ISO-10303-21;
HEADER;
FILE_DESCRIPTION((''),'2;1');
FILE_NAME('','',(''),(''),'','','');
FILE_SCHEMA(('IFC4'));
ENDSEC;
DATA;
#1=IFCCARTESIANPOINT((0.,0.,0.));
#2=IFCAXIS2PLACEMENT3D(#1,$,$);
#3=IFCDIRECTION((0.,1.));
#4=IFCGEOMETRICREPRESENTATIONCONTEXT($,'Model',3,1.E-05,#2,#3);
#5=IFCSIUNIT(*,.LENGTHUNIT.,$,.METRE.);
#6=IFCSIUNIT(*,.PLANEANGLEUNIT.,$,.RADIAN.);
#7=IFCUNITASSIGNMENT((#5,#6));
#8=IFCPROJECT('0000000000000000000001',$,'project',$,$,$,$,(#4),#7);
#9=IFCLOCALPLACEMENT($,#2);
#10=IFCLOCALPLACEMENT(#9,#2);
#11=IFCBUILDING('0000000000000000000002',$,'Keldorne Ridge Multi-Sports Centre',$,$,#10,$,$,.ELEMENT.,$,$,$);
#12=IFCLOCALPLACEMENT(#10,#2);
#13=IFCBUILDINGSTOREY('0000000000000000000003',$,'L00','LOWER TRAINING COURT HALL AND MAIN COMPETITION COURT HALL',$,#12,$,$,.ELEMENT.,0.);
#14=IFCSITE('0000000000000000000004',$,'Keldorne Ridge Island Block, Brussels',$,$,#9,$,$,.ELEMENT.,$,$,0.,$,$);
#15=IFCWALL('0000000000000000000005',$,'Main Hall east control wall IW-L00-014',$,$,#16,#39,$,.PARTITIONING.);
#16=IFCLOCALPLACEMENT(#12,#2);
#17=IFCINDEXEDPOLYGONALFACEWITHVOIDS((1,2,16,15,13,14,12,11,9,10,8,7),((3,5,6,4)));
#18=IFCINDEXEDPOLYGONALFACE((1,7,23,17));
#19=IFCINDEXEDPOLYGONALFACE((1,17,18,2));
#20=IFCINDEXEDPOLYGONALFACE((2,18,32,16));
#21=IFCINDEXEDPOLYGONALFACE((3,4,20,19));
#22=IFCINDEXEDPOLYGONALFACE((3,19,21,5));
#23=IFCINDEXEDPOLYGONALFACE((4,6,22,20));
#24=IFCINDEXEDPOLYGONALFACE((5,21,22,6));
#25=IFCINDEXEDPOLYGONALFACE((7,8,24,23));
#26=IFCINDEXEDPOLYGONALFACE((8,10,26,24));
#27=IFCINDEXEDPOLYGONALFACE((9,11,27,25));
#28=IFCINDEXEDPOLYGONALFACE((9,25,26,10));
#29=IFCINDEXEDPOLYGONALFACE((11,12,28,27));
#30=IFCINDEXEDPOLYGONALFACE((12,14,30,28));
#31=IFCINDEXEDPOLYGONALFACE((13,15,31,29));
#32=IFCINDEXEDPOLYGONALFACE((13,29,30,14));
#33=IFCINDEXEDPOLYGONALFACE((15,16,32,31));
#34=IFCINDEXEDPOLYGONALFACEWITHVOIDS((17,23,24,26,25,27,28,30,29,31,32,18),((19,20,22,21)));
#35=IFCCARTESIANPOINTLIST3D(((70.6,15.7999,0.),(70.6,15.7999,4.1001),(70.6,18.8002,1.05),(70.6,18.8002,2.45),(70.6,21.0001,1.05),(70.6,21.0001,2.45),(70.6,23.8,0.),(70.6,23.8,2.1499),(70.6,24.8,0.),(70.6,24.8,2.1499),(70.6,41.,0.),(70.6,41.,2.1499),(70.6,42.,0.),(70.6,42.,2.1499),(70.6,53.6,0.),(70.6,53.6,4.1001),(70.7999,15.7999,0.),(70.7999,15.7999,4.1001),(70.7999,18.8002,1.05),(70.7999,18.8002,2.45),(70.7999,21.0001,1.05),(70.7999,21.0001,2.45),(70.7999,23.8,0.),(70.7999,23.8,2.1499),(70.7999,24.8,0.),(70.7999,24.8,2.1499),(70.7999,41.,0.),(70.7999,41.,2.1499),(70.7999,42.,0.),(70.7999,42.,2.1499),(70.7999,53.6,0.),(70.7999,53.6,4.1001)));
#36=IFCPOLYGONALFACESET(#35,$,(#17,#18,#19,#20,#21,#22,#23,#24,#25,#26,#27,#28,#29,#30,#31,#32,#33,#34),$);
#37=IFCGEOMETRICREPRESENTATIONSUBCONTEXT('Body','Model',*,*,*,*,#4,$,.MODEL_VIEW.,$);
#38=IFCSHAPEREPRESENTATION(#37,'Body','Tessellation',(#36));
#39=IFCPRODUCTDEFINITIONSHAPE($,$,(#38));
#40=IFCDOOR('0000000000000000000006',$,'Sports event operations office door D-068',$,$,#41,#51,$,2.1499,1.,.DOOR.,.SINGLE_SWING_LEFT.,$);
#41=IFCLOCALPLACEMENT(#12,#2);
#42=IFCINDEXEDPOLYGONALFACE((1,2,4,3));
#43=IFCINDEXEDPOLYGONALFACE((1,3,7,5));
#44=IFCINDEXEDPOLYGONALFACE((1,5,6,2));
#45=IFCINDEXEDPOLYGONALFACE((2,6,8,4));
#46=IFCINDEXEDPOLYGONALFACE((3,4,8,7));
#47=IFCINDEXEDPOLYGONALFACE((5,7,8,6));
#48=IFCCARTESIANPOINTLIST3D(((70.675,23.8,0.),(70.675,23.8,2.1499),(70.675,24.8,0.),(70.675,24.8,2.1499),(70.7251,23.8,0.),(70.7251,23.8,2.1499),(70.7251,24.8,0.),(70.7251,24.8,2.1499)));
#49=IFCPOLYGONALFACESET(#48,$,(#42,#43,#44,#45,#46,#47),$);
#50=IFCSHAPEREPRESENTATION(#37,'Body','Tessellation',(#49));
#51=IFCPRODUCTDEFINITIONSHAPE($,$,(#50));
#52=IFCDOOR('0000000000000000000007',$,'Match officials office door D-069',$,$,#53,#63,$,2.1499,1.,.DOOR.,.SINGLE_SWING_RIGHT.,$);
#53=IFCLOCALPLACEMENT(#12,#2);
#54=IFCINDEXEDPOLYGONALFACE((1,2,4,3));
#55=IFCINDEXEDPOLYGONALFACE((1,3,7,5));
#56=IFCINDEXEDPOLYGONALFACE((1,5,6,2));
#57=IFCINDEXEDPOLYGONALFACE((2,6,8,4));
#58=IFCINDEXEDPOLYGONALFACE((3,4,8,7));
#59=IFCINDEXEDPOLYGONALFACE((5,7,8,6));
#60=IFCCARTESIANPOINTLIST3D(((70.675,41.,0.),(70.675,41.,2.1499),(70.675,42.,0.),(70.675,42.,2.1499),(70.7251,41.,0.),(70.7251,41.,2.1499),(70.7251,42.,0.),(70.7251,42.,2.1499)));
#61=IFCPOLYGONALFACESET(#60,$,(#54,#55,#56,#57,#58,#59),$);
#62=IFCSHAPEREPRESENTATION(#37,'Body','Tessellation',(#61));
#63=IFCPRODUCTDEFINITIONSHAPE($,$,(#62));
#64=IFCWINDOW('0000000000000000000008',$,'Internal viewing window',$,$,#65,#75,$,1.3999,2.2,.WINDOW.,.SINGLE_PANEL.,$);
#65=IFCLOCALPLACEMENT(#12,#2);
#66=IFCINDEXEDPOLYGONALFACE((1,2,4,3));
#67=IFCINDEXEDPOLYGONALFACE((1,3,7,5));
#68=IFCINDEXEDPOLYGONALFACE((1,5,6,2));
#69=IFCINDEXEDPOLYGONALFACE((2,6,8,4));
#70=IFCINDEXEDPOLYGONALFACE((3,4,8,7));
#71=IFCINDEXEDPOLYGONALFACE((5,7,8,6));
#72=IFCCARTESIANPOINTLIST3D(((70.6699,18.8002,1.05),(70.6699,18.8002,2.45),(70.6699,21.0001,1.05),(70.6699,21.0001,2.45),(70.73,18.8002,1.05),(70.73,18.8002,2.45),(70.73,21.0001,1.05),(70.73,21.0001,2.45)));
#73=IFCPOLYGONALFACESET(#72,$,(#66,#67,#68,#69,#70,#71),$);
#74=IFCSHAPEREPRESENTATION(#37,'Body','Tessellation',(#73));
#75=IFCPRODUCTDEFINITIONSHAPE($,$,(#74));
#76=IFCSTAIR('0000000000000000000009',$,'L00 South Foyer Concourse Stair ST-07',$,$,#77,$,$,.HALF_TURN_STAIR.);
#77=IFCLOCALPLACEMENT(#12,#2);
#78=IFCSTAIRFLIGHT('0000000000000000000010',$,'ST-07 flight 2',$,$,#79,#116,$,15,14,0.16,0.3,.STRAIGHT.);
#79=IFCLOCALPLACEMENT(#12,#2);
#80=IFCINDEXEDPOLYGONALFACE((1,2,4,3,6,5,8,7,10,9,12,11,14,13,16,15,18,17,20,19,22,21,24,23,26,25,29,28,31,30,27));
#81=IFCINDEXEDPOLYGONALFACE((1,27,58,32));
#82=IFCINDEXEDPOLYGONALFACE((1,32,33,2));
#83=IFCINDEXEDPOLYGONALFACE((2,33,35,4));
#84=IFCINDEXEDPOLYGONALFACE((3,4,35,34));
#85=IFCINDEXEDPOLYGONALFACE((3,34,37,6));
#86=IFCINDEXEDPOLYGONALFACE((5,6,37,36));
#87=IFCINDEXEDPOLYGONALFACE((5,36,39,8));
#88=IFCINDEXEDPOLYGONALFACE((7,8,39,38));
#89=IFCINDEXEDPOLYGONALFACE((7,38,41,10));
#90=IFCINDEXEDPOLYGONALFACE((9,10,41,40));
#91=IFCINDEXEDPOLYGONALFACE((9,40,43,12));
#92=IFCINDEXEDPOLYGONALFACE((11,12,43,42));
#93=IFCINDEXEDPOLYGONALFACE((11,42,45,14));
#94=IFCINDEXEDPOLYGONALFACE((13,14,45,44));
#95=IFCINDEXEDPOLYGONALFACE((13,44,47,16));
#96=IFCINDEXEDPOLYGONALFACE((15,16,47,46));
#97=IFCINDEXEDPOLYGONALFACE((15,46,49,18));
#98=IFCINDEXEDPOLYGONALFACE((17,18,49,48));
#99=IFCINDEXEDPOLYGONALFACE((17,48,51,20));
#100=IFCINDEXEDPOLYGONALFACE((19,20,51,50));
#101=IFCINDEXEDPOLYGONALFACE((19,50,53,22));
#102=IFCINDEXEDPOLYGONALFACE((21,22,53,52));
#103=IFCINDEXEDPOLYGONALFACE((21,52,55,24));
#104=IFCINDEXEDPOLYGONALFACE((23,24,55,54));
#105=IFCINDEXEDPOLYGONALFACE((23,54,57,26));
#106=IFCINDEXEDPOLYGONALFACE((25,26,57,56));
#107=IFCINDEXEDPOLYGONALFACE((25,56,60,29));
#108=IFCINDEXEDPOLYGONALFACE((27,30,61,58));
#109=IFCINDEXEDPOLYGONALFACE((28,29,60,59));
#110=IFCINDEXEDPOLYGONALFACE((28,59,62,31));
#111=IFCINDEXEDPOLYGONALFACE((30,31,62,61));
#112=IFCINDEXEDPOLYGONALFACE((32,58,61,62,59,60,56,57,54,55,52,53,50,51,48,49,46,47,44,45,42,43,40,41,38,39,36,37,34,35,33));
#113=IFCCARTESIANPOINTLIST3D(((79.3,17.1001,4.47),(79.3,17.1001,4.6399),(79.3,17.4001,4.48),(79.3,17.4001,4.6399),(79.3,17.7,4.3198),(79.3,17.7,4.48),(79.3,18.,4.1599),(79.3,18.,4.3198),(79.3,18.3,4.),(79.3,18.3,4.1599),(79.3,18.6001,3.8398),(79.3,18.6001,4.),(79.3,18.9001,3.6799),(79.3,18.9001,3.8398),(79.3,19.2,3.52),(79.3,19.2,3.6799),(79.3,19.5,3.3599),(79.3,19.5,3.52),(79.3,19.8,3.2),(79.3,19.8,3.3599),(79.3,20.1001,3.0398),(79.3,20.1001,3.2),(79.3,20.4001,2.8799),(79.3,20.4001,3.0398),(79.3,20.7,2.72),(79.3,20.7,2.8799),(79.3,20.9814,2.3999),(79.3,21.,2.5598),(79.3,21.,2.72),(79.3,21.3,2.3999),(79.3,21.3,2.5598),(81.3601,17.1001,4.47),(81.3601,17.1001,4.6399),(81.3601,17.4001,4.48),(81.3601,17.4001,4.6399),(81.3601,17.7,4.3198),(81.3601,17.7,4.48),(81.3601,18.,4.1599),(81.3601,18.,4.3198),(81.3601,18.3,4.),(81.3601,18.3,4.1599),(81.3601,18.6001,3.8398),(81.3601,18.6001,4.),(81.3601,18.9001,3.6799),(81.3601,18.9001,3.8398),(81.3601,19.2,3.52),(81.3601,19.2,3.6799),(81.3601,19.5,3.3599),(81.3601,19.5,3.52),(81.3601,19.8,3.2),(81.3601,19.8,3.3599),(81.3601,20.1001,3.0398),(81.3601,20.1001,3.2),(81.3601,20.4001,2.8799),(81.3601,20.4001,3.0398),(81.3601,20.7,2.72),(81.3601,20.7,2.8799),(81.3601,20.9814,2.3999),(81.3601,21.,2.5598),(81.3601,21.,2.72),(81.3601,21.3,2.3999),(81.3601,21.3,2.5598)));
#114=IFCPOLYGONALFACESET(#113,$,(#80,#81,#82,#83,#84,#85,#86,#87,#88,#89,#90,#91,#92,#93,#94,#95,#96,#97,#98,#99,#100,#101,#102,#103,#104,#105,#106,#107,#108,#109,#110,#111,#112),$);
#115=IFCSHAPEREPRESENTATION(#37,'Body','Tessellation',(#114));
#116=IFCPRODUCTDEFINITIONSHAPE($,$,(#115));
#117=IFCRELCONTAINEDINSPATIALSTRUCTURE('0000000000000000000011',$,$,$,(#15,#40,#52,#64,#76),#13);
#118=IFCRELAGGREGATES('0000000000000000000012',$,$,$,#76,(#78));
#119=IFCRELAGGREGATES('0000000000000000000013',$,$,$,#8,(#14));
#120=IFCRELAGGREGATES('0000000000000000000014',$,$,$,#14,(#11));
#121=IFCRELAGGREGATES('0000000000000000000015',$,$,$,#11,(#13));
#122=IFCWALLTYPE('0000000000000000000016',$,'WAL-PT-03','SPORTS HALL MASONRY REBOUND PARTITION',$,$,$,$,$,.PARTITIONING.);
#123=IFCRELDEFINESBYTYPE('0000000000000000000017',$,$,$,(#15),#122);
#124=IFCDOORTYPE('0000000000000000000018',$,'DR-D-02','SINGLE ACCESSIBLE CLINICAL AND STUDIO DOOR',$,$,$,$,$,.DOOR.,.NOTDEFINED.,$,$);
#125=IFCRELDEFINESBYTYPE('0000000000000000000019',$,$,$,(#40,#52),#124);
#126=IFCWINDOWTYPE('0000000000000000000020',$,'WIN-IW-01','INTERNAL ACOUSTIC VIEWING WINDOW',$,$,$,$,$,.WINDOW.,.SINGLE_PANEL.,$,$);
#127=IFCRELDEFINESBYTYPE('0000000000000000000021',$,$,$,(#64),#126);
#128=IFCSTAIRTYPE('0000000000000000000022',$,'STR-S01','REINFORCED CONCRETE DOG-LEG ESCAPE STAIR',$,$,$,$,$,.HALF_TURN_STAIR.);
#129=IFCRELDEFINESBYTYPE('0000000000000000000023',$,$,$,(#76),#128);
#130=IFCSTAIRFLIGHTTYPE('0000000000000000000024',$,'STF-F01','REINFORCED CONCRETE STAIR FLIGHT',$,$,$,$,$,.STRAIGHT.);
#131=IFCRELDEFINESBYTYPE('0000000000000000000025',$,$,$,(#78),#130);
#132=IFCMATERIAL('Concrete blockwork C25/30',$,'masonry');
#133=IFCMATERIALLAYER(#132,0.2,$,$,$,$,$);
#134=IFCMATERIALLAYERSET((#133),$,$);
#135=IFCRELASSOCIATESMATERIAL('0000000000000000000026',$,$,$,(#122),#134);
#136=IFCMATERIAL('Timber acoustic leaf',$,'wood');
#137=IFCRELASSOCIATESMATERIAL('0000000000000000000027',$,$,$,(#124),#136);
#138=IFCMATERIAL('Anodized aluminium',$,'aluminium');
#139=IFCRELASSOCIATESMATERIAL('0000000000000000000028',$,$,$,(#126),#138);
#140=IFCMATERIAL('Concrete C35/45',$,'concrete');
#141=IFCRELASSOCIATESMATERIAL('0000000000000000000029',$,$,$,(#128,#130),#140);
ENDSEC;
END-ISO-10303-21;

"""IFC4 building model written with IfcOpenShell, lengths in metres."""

from ifc_helpers import new_model, si_unit, direction, frame, frame_2d, origin, place, context, subcontext, project, spatial, polyline, rectangle, outline, extrude, material, layer, layer_set, type_object, element, fill, aggregate, save


model = new_model("IFC4")

# Units and contexts
model_context = context("Model", 3, precision=1e-05, world=origin(), true_north=direction((0.0, 1.0)))
body_context = subcontext(model_context, "Body", "Model", "MODEL_VIEW")
ifc_project = project(units=[si_unit("LENGTHUNIT", "METRE"), si_unit("PLANEANGLEUNIT", "RADIAN")], contexts=[model_context])

# Site, building, storey
site_placement = place(None, origin())
site = spatial("IfcSite", under=ifc_project, at=site_placement, Name="Keldorne Ridge Island Block, Brussels", CompositionType="ELEMENT", RefElevation=0.0)
building_placement = place(site_placement, origin())
building = spatial("IfcBuilding", under=site, at=building_placement, Name="Keldorne Ridge Multi-Sports Centre", CompositionType="ELEMENT")
storey_placement = place(building_placement, origin())
storey = spatial("IfcBuildingStorey", under=building, at=storey_placement, Name="L00", Description="LOWER TRAINING COURT HALL AND MAIN COMPETITION COURT HALL", CompositionType="ELEMENT", Elevation=0.0)

# Shared definitions
ifc_material_1 = material(Name="Concrete C35/45", Category="concrete")

# Wall, openings, doors, window
ifc_material_2 = material(Name="Concrete blockwork C25/30", Category="masonry")
ifc_layer_1 = layer(ifc_material_2, 0.2)
ifc_layer_set_1 = layer_set([ifc_layer_1])
wall_type = type_object("IfcWallType", Name="WAL-PT-03", Description="SPORTS HALL MASONRY REBOUND PARTITION", PredefinedType="PARTITIONING", material=ifc_layer_set_1)
wall_placement = place(storey_placement, frame((70.7, 15.8, 0.0), z_axis=(0.0, 0.0, 1.0), x_axis=(0.0, 1.0, 0.0)))
wall = element("IfcWall", 1, at=wall_placement, inside=storey, type_object=wall_type, Name="Main Hall east control wall IW-L00-014", PredefinedType="PARTITIONING", context=body_context, shape_type="SweptSolid", body=[
    extrude(rectangle(XDim=37.8, YDim=0.2, at=frame_2d((18.8999, 0.0))), origin(), (0.0, 0.0, 1.0), 4.1001),
])
opening_1_placement = place(wall_placement, frame((8.0, 0.0, 0.0)))
opening_1 = element("IfcOpeningElement", 2, at=opening_1_placement, cuts=wall, PredefinedType="OPENING", context=body_context, shape_type="SweptSolid", body=[
    extrude(rectangle(XDim=1.0, YDim=2.1499, at=frame_2d((0.5, 1.075))), frame((0.0, 0.1099, 0.0), z_axis=(0.0, -1.0, 0.0), x_axis=(1.0, 0.0, 0.0)), (0.0, 0.0, 1.0), 0.22),
])
opening_2_placement = place(wall_placement, frame((25.2, 0.0, 0.0)))
opening_2 = element("IfcOpeningElement", 3, at=opening_2_placement, cuts=wall, PredefinedType="OPENING", context=body_context, shape_type="SweptSolid", body=[
    extrude(rectangle(XDim=1.0, YDim=2.1499, at=frame_2d((0.5, 1.075))), frame((0.0, 0.1099, 0.0), z_axis=(0.0, -1.0, 0.0), x_axis=(1.0, 0.0, 0.0)), (0.0, 0.0, 1.0), 0.22),
])
opening_3_placement = place(wall_placement, frame((3.0, 0.0, 1.05)))
opening_3 = element("IfcOpeningElement", 4, at=opening_3_placement, cuts=wall, PredefinedType="OPENING", context=body_context, shape_type="SweptSolid", body=[
    extrude(rectangle(XDim=2.2, YDim=1.3999, at=frame_2d((1.1001, 0.7))), frame((0.0, 0.1099, 0.0), z_axis=(0.0, -1.0, 0.0), x_axis=(1.0, 0.0, 0.0)), (0.0, 0.0, 1.0), 0.22),
])
ifc_material_3 = material(Name="Timber acoustic leaf", Category="wood")
door_type = type_object("IfcDoorType", Name="DR-D-02", Description="SINGLE ACCESSIBLE CLINICAL AND STUDIO DOOR", OperationType="NOTDEFINED", PredefinedType="DOOR", material=ifc_material_3)
door_1_placement = place(opening_1_placement, origin())
door_1 = element("IfcDoor", 5, at=door_1_placement, inside=storey, type_object=door_type, Name="Sports event operations office door D-068", OperationType="SINGLE_SWING_LEFT", OverallHeight=2.1499, OverallWidth=1.0, PredefinedType="DOOR", context=body_context, shape_type="SweptSolid", body=[
    extrude(rectangle(XDim=1.0, YDim=2.1499, at=frame_2d((0.5, 1.075))), frame((0.0, 0.0249, 0.0), z_axis=(0.0, -1.0, 0.0), x_axis=(1.0, 0.0, 0.0)), (0.0, 0.0, 1.0), 0.05),
])
fill(opening_1, door_1)
door_2_placement = place(opening_2_placement, origin())
door_2 = element("IfcDoor", 6, at=door_2_placement, inside=storey, type_object=door_type, Name="Match officials office door D-069", OperationType="SINGLE_SWING_RIGHT", OverallHeight=2.1499, OverallWidth=1.0, PredefinedType="DOOR", context=body_context, shape_type="SweptSolid", body=[
    extrude(rectangle(XDim=1.0, YDim=2.1499, at=frame_2d((0.5, 1.075))), frame((0.0, 0.0249, 0.0), z_axis=(0.0, -1.0, 0.0), x_axis=(1.0, 0.0, 0.0)), (0.0, 0.0, 1.0), 0.05),
])
fill(opening_2, door_2)
ifc_material_4 = material(Name="Anodized aluminium", Category="aluminium")
window_type = type_object("IfcWindowType", Name="WIN-IW-01", Description="INTERNAL ACOUSTIC VIEWING WINDOW", PartitioningType="SINGLE_PANEL", PredefinedType="WINDOW", material=ifc_material_4)
window_placement = place(opening_3_placement, origin())
window = element("IfcWindow", 7, at=window_placement, inside=storey, type_object=window_type, Name="Internal viewing window", OverallHeight=1.3999, OverallWidth=2.2, PartitioningType="SINGLE_PANEL", PredefinedType="WINDOW", context=body_context, shape_type="SweptSolid", body=[
    extrude(rectangle(XDim=2.2, YDim=1.3999, at=frame_2d((1.1001, 0.7))), frame((0.0, 0.03, 0.0), z_axis=(0.0, -1.0, 0.0), x_axis=(1.0, 0.0, 0.0)), (0.0, 0.0, 1.0), 0.0601),
])
fill(opening_3, window)

# Stair, stair flight
stair_type = type_object("IfcStairType", Name="STR-S01", Description="REINFORCED CONCRETE DOG-LEG ESCAPE STAIR", PredefinedType="HALF_TURN_STAIR", material=ifc_material_1)
stair_placement = place(storey_placement, origin())
stair = element("IfcStair", 8, at=stair_placement, inside=storey, type_object=stair_type, Name="L00 South Foyer Concourse Stair ST-07", PredefinedType="HALF_TURN_STAIR")
stair_flight_type = type_object("IfcStairFlightType", Name="STF-F01", Description="REINFORCED CONCRETE STAIR FLIGHT", PredefinedType="STRAIGHT", material=ifc_material_1)
stair_flight_placement = place(storey_placement, frame((80.3301, 21.3, 2.3999), z_axis=(0.0, 0.0, 1.0), x_axis=(0.0, -1.0, 0.0)))
stair_flight = element("IfcStairFlight", 9, at=stair_flight_placement, type_object=stair_flight_type, Name="ST-07 flight 2", NumberOfRisers=15, NumberOfTreads=14, PredefinedType="STRAIGHT", RiserHeight=0.16, TreadLength=0.3, context=body_context, shape_type="SweptSolid", body=[
    extrude(outline(polyline([(0.0, 0.0), (0.0, 0.1599), (0.3, 0.1599), (0.3, 0.3201), (0.6001, 0.3201), (0.6001, 0.48), (0.8999, 0.48), (0.8999, 0.6399), (1.2, 0.6399), (1.2, 0.8), (1.5, 0.8), (1.5, 0.96), (1.8, 0.96), (1.8, 1.1201), (2.1001, 1.1201), (2.1001, 1.28), (2.3999, 1.28), (2.3999, 1.4399), (2.7, 1.4399), (2.7, 1.6001), (3.0, 1.6001), (3.0, 1.76), (3.3, 1.76), (3.3, 1.9199), (3.6001, 1.9199), (3.6001, 2.0801), (3.8999, 2.0801), (3.8999, 2.24), (4.2, 2.24), (4.2, 2.3999), (4.2, 2.0701), (0.3186, 0.0), (0.0, 0.0)])), frame((0.0, 1.03, 0.0), z_axis=(0.0, -1.0, 0.0), x_axis=(1.0, 0.0, 0.0)), (0.0, 0.0, 1.0), 2.0601),
])
aggregate(stair, [stair_flight])

save(model, "model.ifc")
